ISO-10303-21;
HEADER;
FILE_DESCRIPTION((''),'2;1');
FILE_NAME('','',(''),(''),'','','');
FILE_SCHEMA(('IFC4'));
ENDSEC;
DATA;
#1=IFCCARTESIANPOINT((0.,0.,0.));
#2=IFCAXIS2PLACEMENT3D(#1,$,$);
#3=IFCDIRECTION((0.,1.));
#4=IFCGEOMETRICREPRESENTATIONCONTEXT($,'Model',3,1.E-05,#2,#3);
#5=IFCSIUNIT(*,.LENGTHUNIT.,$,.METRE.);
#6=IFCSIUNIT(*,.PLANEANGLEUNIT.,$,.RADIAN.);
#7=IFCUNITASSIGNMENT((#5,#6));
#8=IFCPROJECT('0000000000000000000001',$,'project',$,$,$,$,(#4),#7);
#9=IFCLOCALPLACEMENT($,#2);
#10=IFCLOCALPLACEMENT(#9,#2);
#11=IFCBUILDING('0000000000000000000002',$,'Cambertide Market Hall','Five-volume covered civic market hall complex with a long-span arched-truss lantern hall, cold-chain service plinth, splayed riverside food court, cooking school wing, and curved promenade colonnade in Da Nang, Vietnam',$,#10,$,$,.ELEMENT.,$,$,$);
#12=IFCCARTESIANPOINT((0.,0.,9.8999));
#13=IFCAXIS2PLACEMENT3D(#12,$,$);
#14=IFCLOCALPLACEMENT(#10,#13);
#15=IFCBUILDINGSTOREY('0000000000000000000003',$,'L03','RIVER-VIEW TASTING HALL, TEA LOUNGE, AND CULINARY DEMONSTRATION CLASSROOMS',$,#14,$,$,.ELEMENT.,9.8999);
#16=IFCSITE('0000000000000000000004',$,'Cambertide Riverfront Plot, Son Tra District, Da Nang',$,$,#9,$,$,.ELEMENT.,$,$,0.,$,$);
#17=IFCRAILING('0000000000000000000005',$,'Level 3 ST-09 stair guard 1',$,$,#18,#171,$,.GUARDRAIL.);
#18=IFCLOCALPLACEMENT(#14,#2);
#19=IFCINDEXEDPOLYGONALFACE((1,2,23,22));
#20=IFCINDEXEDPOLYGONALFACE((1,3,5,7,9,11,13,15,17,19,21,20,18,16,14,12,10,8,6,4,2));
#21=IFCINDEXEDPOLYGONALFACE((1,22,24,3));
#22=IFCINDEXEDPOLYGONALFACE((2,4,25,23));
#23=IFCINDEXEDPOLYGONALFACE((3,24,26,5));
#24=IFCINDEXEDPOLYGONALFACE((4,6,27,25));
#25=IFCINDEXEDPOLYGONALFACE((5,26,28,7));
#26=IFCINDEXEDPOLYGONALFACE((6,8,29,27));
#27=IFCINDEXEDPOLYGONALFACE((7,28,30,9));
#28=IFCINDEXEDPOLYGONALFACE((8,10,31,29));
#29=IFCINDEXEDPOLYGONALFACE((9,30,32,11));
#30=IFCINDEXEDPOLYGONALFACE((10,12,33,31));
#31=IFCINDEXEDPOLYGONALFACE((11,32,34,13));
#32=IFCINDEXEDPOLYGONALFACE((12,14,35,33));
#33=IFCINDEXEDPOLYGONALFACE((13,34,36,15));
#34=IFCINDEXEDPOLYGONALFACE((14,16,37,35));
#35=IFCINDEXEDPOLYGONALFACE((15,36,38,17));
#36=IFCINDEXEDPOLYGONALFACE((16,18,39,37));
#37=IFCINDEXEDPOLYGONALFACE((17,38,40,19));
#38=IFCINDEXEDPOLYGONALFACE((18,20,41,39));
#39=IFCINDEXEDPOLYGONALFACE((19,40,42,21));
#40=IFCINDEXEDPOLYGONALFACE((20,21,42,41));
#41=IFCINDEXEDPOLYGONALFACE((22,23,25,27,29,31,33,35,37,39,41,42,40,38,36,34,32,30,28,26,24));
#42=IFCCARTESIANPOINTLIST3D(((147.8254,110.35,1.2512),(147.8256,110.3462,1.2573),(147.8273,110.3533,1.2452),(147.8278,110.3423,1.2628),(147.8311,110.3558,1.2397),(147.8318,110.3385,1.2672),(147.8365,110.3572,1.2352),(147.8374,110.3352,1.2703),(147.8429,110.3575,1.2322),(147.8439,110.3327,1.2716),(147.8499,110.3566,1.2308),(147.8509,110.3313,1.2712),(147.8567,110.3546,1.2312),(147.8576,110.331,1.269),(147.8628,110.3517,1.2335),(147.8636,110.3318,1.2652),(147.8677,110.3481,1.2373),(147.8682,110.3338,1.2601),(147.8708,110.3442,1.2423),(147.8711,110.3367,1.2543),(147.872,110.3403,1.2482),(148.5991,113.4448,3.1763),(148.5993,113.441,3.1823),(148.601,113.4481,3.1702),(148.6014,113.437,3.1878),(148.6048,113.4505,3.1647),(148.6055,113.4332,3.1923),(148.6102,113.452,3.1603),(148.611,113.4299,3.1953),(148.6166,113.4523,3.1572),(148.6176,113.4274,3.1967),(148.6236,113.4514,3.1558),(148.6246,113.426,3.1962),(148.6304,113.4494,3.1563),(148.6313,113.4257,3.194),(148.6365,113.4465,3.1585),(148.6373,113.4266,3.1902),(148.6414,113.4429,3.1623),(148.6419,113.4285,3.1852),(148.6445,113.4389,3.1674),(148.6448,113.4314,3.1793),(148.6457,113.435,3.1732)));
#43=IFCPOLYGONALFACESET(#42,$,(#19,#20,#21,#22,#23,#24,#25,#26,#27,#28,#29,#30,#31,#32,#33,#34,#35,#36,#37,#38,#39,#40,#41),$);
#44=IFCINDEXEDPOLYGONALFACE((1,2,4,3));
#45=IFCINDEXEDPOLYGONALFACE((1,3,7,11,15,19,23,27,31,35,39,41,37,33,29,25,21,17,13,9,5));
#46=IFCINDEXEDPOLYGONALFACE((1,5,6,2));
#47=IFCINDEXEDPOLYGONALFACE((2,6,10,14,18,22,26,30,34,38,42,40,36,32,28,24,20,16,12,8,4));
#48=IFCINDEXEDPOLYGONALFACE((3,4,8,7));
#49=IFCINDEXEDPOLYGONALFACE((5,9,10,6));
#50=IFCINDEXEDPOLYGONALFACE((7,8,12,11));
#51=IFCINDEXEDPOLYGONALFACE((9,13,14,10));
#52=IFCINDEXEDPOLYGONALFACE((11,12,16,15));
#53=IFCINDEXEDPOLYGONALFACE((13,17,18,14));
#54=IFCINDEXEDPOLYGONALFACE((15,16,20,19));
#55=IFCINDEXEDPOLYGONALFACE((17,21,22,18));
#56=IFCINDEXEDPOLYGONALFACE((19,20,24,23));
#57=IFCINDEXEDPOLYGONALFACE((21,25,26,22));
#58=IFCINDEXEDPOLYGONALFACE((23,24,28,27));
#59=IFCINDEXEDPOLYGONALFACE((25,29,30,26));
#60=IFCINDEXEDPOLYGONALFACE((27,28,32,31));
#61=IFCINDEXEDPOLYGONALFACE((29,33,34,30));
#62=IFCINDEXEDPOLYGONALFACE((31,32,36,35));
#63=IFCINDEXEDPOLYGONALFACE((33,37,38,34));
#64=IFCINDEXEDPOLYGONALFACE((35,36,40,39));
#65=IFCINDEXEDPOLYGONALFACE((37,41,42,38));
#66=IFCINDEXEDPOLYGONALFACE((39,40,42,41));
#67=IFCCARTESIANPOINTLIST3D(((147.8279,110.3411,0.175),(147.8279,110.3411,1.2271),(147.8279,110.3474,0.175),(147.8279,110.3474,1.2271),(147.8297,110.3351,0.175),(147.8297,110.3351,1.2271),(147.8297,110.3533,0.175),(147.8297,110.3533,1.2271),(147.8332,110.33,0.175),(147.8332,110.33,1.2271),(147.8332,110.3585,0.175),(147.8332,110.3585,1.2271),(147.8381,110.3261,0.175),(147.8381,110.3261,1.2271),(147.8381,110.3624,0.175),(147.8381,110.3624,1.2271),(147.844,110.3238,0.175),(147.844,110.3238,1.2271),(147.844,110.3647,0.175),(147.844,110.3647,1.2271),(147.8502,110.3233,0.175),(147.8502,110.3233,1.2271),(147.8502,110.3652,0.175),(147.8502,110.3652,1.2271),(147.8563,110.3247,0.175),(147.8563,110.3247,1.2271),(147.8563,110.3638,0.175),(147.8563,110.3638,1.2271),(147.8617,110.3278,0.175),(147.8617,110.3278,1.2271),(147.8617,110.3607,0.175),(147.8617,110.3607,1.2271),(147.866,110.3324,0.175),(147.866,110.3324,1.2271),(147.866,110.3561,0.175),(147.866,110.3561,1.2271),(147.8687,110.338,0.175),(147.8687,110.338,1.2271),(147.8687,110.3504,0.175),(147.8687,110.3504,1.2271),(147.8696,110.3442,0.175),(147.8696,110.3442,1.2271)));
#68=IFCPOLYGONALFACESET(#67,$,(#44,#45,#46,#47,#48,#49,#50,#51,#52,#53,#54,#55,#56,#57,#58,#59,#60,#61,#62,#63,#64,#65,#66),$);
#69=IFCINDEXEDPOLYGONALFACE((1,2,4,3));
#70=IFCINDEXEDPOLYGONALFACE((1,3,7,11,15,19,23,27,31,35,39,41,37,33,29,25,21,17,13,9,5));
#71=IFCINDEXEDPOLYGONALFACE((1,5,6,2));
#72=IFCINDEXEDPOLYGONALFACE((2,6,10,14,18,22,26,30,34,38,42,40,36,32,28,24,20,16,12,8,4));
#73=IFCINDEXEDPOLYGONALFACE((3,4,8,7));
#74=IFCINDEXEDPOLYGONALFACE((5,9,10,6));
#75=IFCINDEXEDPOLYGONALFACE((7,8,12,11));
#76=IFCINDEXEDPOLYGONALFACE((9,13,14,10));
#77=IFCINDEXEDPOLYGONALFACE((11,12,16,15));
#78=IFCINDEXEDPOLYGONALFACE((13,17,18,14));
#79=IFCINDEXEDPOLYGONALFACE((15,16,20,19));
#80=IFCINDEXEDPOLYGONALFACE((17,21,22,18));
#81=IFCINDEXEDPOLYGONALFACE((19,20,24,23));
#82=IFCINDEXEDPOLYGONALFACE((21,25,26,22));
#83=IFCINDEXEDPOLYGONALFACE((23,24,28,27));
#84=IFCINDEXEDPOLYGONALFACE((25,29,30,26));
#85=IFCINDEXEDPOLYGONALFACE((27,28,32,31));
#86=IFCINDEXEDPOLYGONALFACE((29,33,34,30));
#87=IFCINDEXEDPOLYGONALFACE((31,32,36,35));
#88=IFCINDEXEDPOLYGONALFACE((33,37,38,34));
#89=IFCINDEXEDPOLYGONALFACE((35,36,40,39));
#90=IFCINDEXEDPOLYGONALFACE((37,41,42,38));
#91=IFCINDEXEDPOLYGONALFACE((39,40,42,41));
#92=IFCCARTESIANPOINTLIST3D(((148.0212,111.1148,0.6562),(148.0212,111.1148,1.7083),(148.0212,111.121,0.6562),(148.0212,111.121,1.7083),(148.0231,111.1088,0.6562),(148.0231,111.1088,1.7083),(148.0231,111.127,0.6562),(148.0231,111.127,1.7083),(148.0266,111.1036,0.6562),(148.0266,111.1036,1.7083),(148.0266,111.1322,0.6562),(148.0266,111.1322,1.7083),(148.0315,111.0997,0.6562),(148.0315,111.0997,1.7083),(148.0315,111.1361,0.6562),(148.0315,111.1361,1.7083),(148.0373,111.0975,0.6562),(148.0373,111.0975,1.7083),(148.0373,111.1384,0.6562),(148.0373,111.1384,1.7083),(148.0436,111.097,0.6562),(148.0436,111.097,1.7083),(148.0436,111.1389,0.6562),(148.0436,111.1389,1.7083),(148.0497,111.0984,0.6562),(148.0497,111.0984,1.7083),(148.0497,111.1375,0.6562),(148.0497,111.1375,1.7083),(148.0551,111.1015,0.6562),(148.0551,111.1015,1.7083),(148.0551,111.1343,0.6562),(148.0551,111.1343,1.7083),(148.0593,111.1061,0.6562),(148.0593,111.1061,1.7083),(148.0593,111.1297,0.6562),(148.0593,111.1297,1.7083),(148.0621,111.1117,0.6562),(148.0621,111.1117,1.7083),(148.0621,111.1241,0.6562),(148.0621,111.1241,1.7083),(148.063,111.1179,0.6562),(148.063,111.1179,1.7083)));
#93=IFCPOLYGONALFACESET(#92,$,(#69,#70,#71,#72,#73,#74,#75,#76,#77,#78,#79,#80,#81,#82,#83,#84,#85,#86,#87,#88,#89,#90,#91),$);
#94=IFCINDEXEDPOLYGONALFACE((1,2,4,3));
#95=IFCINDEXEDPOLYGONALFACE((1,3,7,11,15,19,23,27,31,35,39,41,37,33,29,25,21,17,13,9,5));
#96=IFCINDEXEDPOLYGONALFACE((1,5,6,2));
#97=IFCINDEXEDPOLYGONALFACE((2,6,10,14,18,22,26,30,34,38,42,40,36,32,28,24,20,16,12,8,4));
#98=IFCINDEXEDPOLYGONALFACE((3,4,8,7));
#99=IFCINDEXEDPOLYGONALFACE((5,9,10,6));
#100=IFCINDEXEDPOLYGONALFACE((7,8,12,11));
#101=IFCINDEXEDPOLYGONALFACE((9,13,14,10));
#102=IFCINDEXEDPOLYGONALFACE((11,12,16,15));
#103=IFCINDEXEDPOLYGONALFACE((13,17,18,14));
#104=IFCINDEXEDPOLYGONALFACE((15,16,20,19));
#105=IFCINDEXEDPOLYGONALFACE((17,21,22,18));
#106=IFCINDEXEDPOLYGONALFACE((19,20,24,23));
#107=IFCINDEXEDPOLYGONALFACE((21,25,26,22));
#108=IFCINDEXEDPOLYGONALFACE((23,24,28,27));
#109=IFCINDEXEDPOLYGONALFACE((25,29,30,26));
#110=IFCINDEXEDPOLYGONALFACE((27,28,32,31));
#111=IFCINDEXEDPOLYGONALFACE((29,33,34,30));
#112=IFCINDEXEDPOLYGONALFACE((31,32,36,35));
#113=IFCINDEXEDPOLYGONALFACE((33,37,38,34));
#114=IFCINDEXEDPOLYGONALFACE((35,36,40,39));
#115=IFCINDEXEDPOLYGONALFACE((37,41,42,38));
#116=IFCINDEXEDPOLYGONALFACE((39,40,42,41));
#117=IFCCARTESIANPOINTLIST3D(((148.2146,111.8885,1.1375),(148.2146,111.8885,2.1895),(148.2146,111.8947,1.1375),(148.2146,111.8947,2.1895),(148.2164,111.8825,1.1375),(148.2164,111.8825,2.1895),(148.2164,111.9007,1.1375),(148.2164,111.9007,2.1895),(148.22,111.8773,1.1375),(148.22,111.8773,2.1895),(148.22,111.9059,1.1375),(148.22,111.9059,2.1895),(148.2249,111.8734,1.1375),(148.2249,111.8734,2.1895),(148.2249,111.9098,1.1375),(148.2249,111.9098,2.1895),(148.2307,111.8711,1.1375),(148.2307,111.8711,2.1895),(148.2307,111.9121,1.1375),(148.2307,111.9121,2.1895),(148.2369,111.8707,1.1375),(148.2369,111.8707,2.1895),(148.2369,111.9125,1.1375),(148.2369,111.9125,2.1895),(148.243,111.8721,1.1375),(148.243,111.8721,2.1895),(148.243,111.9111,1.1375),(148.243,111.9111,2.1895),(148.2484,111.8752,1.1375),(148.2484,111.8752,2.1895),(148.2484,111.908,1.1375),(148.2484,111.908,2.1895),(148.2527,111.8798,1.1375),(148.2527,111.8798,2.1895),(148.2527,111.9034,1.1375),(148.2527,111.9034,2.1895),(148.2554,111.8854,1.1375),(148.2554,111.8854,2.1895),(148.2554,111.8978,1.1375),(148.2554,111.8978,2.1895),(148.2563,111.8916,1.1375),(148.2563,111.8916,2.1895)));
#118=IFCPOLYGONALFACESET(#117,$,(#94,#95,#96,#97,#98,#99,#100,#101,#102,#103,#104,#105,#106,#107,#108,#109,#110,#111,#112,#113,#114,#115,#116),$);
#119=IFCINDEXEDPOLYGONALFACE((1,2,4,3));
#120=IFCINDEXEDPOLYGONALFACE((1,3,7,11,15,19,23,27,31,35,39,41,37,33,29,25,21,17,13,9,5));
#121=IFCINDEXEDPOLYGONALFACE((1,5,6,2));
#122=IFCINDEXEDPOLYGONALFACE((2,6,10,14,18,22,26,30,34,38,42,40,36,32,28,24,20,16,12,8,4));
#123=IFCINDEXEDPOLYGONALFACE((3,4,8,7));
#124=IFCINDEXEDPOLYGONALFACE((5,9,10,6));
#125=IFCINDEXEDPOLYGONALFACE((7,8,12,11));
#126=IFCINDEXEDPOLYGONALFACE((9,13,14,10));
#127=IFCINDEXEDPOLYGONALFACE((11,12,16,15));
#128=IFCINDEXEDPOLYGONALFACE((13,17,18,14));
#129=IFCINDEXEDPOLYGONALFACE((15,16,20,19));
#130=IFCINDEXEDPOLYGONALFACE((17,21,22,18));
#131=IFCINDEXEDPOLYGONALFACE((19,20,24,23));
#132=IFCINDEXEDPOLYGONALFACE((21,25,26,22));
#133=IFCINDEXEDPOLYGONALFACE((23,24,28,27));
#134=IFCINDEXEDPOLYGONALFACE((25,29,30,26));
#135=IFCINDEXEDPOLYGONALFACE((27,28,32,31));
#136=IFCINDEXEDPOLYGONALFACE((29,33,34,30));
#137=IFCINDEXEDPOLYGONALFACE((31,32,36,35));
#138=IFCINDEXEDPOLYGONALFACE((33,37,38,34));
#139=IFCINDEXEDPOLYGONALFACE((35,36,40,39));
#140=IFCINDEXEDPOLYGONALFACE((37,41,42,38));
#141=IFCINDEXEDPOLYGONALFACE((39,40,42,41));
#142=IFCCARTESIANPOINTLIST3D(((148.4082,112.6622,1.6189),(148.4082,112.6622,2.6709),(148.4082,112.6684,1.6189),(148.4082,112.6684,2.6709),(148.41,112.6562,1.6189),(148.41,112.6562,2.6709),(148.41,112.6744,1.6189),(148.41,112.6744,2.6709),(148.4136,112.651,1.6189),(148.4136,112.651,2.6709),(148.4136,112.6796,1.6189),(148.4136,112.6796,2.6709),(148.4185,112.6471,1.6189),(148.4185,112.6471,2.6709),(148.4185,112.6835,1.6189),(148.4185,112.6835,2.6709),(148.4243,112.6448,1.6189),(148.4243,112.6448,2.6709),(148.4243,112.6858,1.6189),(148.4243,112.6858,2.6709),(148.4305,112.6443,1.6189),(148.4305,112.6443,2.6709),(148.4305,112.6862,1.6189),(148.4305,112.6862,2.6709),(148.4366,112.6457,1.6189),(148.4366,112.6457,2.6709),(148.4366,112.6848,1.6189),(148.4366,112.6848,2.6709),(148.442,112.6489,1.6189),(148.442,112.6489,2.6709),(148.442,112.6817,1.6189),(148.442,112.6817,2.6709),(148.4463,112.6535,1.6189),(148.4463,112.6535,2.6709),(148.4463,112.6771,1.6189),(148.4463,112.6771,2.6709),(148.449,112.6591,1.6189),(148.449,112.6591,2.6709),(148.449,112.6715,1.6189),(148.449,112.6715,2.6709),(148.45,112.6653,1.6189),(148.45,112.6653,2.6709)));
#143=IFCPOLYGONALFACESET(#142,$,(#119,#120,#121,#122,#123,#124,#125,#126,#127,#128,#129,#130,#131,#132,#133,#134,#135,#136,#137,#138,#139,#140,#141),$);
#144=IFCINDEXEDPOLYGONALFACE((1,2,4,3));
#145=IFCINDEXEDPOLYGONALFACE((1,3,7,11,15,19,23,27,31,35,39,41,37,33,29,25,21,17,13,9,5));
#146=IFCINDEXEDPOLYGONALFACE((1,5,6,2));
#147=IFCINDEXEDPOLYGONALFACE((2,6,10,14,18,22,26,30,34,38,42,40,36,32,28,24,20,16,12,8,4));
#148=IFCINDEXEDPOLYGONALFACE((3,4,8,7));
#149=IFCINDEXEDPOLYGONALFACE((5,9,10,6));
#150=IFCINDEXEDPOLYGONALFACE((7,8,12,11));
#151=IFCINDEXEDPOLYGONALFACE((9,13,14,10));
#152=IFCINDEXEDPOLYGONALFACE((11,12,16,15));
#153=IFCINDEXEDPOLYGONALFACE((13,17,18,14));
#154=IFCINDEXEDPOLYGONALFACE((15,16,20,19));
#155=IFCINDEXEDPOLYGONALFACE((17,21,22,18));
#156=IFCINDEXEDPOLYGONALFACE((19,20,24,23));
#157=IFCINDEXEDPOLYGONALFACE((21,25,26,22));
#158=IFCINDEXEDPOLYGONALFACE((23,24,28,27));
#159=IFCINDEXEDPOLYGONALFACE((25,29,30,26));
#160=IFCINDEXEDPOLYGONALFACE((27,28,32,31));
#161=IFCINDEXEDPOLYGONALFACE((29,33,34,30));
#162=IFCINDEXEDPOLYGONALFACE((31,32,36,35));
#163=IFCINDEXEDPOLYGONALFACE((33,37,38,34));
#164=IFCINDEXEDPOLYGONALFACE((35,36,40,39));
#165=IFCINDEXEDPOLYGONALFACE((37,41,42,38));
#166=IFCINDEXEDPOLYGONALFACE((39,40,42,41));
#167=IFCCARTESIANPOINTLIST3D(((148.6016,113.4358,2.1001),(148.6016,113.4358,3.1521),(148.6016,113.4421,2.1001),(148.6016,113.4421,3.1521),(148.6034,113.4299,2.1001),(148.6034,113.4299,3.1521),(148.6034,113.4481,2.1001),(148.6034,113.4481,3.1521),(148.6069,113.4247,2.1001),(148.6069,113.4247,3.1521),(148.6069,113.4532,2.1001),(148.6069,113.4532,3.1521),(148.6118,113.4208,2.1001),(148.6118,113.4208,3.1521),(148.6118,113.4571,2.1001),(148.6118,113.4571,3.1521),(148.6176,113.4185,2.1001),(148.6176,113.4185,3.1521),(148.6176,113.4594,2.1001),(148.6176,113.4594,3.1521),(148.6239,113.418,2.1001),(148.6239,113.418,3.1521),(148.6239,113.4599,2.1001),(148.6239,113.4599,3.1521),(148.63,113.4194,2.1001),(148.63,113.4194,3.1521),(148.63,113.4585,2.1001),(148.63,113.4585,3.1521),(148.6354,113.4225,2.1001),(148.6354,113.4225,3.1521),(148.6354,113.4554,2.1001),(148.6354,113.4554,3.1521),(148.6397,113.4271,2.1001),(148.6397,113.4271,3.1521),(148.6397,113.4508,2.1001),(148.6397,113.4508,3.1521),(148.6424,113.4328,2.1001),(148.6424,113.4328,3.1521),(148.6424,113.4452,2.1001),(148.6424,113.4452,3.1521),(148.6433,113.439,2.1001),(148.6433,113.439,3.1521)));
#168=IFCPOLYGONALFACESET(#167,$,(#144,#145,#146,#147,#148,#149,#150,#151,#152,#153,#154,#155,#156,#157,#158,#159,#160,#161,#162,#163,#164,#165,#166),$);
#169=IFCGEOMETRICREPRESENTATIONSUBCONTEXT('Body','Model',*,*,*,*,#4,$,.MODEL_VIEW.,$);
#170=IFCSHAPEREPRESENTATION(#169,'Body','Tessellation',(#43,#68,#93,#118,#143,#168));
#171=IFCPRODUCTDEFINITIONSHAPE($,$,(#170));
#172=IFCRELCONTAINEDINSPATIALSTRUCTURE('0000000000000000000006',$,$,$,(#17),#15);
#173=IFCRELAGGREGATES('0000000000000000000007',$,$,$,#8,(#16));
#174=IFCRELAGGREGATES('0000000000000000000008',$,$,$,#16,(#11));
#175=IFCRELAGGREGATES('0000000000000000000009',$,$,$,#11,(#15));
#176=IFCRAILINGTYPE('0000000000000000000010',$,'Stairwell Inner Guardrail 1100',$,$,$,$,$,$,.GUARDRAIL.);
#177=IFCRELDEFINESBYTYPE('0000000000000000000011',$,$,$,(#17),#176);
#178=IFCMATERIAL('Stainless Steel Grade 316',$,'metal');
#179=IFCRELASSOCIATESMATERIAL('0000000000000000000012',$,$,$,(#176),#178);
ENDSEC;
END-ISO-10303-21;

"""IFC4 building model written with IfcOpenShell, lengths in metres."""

from ifc_helpers import new_model, si_unit, direction, frame, origin, origin_2d, place, context, subcontext, project, spatial, circle, extrude, material, type_object, element, save


model = new_model("IFC4")

# Units and contexts
model_context = context("Model", 3, precision=1e-05, world=origin(), true_north=direction((0.0, 1.0)))
body_context = subcontext(model_context, "Body", "Model", "MODEL_VIEW")
ifc_project = project(units=[si_unit("LENGTHUNIT", "METRE"), si_unit("PLANEANGLEUNIT", "RADIAN")], contexts=[model_context])

# Site, building, storey
site_placement = place(None, origin())
site = spatial("IfcSite", under=ifc_project, at=site_placement, Name="Cambertide Riverfront Plot, Son Tra District, Da Nang", CompositionType="ELEMENT", RefElevation=0.0)
building_placement = place(site_placement, origin())
building = spatial("IfcBuilding", under=site, at=building_placement, Name="Cambertide Market Hall", Description="Five-volume covered civic market hall complex with a long-span arched-truss lantern hall, cold-chain service plinth, splayed riverside food court, cooking school wing, and curved promenade colonnade in Da Nang, Vietnam", CompositionType="ELEMENT")
storey_placement = place(building_placement, frame((0.0, 0.0, 9.8999)))
storey = spatial("IfcBuildingStorey", under=building, at=storey_placement, Name="L03", Description="RIVER-VIEW TASTING HALL, TEA LOUNGE, AND CULINARY DEMONSTRATION CLASSROOMS", CompositionType="ELEMENT", Elevation=9.8999)

# Railing
ifc_material_1 = material(Name="Stainless Steel Grade 316", Category="metal")
railing_type_1 = type_object("IfcRailingType", Name="Stairwell Inner Guardrail 1100", PredefinedType="GUARDRAIL", material=ifc_material_1)
railing_1_placement = place(storey_placement, frame((147.8486, 110.3442, 0.175)))
element("IfcRailing", 1, at=railing_1_placement, inside=storey, type_object=railing_type_1, Name="Level 3 ST-09 stair guard 1", PredefinedType="GUARDRAIL", context=body_context, shape_type="SweptSolid", body=[
    extrude(circle(Radius=0.0239, at=origin_2d()), frame((0.0, 0.0, 1.0762), z_axis=(0.207654, 0.830616, 0.516678), x_axis=(-0.970143, 0.242536, 0.0)), (0.0, 0.0, 1.0), 3.7258),
    extrude(circle(Radius=0.021, at=origin_2d()), origin(), (0.0, 0.0, 1.0), 1.052),
    extrude(circle(Radius=0.021, at=origin_2d()), frame((0.1934, 0.7737, 0.4812)), (0.0, 0.0, 1.0), 1.052),
    extrude(circle(Radius=0.021, at=origin_2d()), frame((0.3867, 1.5474, 0.9624)), (0.0, 0.0, 1.0), 1.052),
    extrude(circle(Radius=0.021, at=origin_2d()), frame((0.5803, 2.321, 1.4438)), (0.0, 0.0, 1.0), 1.052),
    extrude(circle(Radius=0.021, at=origin_2d()), frame((0.7737, 3.0947, 1.925)), (0.0, 0.0, 1.0), 1.052),
])

save(model, "model.ifc")
